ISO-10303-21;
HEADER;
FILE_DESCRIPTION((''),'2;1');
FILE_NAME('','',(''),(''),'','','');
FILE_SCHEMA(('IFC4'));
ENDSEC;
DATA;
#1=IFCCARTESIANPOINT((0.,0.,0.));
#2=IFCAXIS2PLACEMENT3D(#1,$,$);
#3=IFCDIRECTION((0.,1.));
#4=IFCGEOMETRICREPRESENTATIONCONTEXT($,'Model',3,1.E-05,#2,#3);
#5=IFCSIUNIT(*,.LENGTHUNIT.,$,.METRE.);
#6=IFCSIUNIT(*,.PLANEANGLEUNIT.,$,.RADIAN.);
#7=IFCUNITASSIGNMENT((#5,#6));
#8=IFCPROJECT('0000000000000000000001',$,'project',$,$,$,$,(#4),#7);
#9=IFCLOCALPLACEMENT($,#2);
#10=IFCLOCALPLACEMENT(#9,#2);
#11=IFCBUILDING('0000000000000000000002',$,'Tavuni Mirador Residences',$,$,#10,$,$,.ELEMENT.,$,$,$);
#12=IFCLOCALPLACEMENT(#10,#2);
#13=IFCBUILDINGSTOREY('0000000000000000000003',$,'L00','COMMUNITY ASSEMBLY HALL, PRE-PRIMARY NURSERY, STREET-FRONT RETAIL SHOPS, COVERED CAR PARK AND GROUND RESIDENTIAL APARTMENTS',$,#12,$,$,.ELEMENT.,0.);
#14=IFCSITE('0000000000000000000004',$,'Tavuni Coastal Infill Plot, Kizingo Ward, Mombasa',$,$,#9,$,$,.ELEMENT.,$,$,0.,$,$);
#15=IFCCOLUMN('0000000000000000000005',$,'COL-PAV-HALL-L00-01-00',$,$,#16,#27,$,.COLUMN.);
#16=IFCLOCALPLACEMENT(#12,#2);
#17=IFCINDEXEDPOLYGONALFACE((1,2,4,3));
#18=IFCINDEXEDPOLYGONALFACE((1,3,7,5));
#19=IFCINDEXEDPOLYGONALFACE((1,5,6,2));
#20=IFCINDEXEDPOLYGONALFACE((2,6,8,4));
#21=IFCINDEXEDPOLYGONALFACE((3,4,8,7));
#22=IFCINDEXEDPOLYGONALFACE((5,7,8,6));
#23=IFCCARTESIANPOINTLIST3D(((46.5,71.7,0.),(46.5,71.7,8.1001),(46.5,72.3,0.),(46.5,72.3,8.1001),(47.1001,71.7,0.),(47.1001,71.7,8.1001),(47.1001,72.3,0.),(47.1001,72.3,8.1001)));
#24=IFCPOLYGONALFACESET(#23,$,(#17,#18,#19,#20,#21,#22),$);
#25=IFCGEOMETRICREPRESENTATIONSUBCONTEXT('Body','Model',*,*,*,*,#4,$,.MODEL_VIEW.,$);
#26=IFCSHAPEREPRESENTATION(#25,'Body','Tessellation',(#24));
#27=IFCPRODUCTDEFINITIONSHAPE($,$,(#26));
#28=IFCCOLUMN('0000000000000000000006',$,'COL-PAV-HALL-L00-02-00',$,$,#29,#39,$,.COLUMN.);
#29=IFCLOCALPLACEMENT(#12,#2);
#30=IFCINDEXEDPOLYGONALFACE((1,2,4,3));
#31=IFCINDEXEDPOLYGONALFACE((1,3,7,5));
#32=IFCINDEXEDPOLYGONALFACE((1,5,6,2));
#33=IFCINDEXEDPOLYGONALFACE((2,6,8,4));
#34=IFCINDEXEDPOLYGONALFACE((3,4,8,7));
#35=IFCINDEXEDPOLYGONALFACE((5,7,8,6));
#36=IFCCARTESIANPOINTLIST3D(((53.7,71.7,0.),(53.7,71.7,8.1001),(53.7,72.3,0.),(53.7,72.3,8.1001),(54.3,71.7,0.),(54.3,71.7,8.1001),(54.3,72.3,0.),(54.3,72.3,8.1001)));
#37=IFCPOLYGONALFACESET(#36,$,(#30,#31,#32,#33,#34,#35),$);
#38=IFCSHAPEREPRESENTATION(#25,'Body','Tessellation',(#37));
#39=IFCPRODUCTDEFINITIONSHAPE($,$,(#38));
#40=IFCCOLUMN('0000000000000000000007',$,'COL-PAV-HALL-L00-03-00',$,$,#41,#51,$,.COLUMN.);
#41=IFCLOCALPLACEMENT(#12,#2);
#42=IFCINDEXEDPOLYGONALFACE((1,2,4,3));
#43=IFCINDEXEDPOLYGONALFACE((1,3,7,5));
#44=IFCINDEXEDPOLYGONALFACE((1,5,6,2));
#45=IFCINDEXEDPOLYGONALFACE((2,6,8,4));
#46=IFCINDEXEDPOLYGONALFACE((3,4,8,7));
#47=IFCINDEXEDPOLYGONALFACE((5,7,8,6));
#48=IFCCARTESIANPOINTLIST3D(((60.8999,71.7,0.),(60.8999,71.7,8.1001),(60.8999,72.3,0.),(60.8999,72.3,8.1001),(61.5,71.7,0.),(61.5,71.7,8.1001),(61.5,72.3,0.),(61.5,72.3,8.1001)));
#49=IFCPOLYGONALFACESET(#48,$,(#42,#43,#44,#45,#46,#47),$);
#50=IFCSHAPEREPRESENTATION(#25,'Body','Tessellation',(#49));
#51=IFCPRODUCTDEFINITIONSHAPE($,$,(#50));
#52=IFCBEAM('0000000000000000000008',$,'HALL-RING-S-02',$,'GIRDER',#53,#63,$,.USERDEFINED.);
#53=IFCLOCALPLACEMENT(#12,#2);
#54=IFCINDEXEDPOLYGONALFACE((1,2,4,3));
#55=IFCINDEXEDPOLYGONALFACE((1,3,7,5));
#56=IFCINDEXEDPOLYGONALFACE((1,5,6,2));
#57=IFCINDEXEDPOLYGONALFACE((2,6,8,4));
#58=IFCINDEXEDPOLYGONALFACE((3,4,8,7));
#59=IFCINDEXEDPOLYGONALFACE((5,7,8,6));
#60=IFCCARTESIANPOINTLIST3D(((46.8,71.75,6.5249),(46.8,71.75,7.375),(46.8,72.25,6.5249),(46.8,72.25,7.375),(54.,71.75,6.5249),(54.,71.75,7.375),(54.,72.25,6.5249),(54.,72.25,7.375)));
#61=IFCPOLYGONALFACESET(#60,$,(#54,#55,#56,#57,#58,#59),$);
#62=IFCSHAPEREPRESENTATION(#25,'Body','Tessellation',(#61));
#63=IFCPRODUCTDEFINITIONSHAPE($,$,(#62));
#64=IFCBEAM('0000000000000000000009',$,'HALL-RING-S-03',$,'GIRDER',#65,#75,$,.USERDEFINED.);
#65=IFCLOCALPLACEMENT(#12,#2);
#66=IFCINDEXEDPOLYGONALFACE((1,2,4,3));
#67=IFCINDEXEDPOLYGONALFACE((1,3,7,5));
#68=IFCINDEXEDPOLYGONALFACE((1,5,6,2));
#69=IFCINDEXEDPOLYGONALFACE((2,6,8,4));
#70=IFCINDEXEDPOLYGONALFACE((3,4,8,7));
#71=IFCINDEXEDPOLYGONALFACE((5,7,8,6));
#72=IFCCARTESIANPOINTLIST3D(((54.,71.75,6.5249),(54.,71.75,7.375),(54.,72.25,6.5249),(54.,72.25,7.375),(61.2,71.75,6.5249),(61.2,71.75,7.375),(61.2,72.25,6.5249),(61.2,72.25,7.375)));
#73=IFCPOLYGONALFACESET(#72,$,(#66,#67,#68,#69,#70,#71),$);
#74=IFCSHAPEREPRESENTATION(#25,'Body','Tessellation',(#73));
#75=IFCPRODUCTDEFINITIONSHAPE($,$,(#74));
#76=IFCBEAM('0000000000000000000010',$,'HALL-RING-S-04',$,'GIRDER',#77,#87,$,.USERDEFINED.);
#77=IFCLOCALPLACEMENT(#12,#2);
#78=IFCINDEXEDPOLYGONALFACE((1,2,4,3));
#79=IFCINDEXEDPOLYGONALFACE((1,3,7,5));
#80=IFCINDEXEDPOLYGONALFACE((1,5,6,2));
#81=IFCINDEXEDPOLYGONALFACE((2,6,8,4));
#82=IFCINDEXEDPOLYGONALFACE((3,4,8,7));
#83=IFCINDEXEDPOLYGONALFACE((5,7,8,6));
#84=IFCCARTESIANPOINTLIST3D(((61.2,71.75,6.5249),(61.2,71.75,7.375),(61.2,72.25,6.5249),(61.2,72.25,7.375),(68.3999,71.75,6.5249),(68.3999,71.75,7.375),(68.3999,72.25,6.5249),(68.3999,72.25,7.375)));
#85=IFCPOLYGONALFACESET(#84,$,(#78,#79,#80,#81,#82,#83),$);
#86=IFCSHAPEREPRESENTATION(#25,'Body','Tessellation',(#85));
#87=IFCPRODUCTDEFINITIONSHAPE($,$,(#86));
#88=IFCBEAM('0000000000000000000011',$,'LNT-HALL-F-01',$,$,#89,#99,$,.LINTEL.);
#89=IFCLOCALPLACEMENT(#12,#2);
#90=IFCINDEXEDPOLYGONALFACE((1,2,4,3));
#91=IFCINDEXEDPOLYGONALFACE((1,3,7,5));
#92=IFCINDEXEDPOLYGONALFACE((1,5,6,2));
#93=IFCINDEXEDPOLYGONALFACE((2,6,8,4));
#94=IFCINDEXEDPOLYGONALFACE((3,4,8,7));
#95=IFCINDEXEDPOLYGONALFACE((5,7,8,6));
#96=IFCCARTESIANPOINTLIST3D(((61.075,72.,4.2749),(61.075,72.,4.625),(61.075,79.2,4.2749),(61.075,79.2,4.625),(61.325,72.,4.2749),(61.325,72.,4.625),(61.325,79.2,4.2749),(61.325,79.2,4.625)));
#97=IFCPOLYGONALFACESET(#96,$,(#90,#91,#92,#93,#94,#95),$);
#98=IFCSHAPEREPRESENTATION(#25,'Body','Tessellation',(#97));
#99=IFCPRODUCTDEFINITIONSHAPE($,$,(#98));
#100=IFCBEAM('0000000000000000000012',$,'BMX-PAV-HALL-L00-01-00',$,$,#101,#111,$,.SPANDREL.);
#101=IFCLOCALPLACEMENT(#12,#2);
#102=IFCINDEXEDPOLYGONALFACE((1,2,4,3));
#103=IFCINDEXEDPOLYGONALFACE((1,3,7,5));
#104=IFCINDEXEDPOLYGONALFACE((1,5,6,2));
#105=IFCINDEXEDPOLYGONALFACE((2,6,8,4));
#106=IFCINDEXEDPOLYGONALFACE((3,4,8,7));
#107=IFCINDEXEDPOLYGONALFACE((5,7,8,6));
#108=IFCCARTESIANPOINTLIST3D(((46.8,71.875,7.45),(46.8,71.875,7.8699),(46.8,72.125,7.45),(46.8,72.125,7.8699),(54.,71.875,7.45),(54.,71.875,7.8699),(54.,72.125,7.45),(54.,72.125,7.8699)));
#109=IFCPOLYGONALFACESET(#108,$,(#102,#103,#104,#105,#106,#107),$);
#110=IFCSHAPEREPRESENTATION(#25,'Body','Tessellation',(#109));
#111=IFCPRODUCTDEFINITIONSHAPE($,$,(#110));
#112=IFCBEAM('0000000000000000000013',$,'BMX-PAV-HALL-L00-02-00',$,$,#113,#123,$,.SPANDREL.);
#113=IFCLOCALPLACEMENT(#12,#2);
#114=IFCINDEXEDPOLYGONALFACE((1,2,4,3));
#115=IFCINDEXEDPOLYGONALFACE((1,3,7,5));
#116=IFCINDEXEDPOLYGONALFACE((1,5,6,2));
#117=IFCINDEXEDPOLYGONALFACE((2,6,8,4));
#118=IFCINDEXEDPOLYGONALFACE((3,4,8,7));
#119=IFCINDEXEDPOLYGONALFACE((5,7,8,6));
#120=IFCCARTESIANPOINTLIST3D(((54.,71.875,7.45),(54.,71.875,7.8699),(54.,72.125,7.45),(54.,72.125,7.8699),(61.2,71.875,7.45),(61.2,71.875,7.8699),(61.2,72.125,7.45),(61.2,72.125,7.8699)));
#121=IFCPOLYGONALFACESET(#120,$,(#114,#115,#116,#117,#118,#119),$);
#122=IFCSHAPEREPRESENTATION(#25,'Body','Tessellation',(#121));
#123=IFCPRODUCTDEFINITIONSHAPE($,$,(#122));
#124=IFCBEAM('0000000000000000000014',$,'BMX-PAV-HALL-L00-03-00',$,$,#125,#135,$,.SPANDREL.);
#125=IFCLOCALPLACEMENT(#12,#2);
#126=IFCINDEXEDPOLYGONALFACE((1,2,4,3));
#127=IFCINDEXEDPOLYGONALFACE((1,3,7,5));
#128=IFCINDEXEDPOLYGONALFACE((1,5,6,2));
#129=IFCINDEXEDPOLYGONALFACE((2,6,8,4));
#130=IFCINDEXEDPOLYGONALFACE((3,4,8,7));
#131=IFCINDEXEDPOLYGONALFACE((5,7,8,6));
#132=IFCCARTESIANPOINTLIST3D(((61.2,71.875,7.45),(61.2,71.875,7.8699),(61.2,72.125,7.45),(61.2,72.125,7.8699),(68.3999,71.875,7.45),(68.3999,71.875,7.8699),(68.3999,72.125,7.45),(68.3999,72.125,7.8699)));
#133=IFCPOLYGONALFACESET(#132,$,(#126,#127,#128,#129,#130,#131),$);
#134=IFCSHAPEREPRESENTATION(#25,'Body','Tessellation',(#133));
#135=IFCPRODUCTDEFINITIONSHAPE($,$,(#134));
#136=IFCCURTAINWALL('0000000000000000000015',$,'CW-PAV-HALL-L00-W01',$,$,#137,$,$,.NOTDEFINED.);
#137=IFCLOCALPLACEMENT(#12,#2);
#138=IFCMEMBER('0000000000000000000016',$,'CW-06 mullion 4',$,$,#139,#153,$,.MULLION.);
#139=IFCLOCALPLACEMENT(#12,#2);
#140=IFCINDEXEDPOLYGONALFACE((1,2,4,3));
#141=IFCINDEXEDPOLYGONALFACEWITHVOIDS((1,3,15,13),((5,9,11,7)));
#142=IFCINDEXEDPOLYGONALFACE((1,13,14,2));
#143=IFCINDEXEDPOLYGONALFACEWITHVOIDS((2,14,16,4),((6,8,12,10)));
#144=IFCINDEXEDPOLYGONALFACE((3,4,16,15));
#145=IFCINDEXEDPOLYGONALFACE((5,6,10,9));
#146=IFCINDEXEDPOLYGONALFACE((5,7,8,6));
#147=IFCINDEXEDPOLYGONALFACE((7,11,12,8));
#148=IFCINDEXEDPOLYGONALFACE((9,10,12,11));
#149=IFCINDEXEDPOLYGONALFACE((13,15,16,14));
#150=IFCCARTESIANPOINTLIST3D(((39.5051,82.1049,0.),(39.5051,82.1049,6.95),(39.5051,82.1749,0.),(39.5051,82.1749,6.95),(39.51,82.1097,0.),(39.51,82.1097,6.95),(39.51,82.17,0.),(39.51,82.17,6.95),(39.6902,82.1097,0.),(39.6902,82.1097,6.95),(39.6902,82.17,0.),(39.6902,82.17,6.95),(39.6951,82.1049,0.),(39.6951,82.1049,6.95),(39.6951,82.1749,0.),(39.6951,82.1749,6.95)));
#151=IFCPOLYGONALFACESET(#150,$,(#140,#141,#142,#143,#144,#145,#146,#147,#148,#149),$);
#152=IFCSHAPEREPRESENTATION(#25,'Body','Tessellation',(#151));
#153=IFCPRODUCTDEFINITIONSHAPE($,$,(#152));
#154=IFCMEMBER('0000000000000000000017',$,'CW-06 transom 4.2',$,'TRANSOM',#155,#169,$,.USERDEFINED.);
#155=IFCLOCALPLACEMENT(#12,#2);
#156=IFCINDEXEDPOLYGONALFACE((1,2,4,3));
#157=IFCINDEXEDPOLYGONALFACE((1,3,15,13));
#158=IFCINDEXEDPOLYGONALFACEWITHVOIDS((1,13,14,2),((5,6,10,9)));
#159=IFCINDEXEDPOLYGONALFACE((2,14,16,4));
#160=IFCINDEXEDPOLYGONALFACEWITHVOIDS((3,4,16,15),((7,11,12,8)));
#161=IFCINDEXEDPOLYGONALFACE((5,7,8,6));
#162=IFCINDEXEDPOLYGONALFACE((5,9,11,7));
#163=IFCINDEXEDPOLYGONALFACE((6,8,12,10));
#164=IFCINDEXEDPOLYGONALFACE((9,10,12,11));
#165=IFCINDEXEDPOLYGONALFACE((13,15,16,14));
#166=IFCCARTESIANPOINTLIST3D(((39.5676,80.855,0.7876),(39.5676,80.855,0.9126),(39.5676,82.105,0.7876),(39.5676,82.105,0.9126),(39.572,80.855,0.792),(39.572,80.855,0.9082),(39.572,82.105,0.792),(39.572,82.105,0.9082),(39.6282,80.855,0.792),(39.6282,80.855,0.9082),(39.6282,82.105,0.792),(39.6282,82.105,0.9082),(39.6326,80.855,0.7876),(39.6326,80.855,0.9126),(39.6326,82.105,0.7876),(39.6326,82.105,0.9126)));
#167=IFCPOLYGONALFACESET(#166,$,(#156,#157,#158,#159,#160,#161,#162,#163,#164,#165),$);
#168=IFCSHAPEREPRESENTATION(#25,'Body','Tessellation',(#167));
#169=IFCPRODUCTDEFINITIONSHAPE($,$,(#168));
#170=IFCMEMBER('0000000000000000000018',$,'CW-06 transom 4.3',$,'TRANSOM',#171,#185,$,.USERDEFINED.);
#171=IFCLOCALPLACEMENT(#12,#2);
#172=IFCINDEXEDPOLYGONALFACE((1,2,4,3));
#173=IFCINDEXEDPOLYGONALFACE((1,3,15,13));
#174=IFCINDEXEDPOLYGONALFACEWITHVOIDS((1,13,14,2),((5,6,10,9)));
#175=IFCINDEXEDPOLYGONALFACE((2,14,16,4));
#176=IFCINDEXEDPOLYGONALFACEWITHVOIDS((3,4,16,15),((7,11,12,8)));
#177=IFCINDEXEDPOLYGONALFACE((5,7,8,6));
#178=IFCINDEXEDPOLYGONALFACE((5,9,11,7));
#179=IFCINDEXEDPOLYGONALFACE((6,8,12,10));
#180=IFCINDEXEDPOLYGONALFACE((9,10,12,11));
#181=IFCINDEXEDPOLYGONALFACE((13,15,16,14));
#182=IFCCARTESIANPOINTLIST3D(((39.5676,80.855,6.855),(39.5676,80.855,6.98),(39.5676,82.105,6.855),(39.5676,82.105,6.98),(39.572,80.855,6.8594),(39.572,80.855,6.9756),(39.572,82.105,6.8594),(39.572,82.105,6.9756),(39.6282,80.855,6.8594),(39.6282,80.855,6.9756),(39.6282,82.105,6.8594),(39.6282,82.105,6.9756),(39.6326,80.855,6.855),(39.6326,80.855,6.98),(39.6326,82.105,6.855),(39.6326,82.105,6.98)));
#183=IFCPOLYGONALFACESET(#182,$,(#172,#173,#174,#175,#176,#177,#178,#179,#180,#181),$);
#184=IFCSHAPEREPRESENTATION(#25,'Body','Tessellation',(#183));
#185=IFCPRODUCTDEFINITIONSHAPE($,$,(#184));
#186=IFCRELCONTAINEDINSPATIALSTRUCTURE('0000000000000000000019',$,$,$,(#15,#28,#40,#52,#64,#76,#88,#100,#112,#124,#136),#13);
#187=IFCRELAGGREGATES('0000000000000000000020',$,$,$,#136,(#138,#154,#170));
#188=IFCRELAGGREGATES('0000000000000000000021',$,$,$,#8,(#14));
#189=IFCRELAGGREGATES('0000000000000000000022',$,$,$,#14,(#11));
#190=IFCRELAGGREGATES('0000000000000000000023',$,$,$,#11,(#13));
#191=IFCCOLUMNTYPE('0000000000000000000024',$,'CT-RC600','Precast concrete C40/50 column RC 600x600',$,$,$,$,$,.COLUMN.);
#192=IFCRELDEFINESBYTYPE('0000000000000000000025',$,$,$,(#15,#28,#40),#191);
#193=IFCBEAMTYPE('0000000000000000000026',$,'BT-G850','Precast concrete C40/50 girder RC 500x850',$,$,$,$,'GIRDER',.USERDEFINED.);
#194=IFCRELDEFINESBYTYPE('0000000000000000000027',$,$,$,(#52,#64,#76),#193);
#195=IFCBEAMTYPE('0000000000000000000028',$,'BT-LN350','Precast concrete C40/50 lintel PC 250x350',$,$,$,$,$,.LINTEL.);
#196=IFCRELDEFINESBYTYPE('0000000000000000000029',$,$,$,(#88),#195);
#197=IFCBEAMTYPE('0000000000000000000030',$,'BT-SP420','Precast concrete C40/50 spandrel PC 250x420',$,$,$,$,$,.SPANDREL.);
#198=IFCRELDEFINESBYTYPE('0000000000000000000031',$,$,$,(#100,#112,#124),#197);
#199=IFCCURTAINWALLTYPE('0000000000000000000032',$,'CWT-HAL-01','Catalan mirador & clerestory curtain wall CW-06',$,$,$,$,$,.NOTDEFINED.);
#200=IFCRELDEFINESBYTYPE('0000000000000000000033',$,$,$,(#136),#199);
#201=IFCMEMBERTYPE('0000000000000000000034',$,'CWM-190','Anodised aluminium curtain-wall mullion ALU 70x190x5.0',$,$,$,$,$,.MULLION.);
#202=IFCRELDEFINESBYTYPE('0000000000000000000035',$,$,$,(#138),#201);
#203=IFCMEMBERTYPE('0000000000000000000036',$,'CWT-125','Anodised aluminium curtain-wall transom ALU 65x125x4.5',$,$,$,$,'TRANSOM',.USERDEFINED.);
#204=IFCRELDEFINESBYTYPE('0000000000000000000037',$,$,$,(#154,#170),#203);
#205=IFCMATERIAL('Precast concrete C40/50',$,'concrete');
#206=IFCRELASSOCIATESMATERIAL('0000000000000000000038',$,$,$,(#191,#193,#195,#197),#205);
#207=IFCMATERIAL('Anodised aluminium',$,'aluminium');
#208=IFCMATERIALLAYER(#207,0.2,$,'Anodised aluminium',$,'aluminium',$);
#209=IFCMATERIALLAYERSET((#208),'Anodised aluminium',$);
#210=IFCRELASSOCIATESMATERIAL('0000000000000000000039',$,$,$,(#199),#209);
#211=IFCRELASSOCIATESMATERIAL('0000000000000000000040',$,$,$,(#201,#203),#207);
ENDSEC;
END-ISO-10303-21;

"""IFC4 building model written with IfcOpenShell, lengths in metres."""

from ifc_helpers import new_model, si_unit, direction, frame, origin, origin_2d, place, context, subcontext, project, spatial, rectangle, hollow_rectangle, extrude, material, layer, layer_set, material_profile, profile_set, type_object, element, aggregate, save


model = new_model("IFC4")

# Units and contexts
model_context = context("Model", 3, precision=1e-05, world=origin(), true_north=direction((0.0, 1.0)))
body_context = subcontext(model_context, "Body", "Model", "MODEL_VIEW")
ifc_project = project(units=[si_unit("LENGTHUNIT", "METRE"), si_unit("PLANEANGLEUNIT", "RADIAN")], contexts=[model_context])

# Site, building, storey
site_placement = place(None, origin())
site = spatial("IfcSite", under=ifc_project, at=site_placement, Name="Tavuni Coastal Infill Plot, Kizingo Ward, Mombasa", CompositionType="ELEMENT", RefElevation=0.0)
building_placement = place(site_placement, origin())
building = spatial("IfcBuilding", under=site, at=building_placement, Name="Tavuni Mirador Residences", CompositionType="ELEMENT")
storey_placement = place(building_placement, origin())
storey = spatial("IfcBuildingStorey", under=building, at=storey_placement, Name="L00", Description="COMMUNITY ASSEMBLY HALL, PRE-PRIMARY NURSERY, STREET-FRONT RETAIL SHOPS, COVERED CAR PARK AND GROUND RESIDENTIAL APARTMENTS", CompositionType="ELEMENT", Elevation=0.0)

# Columns
ifc_material_1 = material(Name="Precast concrete C40/50", Category="concrete")
ifc_material_profile_1 = material_profile(ifc_material_1, rectangle(XDim=0.6001, YDim=0.6001, at=origin_2d()), Name="RC 600x600", Category="concrete")
ifc_profile_set_1 = profile_set([ifc_material_profile_1], Name="Precast concrete C40/50")
column_type = type_object("IfcColumnType", Name="CT-RC600", Description="Precast concrete C40/50 column RC 600x600", PredefinedType="COLUMN", material=ifc_profile_set_1)
for number, where, z_axis, x_axis, name in (
    (1, (46.8, 72.0, 0.0), (0.0, 0.0, 1.0), (1.0, 0.0, 0.0), "COL-PAV-HALL-L00-01-00"),
    (2, (54.0, 72.0, 0.0), (0.0, 0.0, 1.0), (1.0, 0.0, 0.0), "COL-PAV-HALL-L00-02-00"),
    (3, (61.2, 72.0, 0.0), (0.0, 0.0, 1.0), (1.0, 0.0, 0.0), "COL-PAV-HALL-L00-03-00"),
):
    element("IfcColumn", number, at=place(storey_placement, frame(where, z_axis=z_axis, x_axis=x_axis)), inside=storey, type_object=column_type, Name=name, PredefinedType="COLUMN", context=body_context, shape_type="SweptSolid", body=[
        extrude(rectangle(XDim=0.6001, YDim=0.6001, at=origin_2d()), origin(), (0.0, 0.0, 1.0), 8.1001),
    ])

# Beams
ifc_material_profile_2 = material_profile(ifc_material_1, rectangle(XDim=0.5, YDim=0.8501, at=origin_2d()), Name="RC 500x850", Category="concrete")
ifc_profile_set_2 = profile_set([ifc_material_profile_2], Name="Precast concrete C40/50")
beam_type_1 = type_object("IfcBeamType", Name="BT-G850", Description="Precast concrete C40/50 girder RC 500x850", ElementType="GIRDER", PredefinedType="USERDEFINED", material=ifc_profile_set_2)
for number, where, z_axis, x_axis, name in (
    (4, (46.8, 72.0, 6.95), (1.0, 0.0, 0.0), (0.0, 1.0, 0.0), "HALL-RING-S-02"),
    (5, (54.0, 72.0, 6.95), (1.0, 0.0, 0.0), (0.0, 1.0, 0.0), "HALL-RING-S-03"),
    (6, (61.2, 72.0, 6.95), (1.0, 0.0, 0.0), (0.0, 1.0, 0.0), "HALL-RING-S-04"),
):
    element("IfcBeam", number, at=place(storey_placement, frame(where, z_axis=z_axis, x_axis=x_axis)), inside=storey, type_object=beam_type_1, Name=name, ObjectType="GIRDER", PredefinedType="USERDEFINED", context=body_context, shape_type="SweptSolid", body=[
        extrude(rectangle(XDim=0.5, YDim=0.8501, at=origin_2d()), origin(), (0.0, 0.0, 1.0), 7.2),
    ])
ifc_material_profile_3 = material_profile(ifc_material_1, rectangle(XDim=0.25, YDim=0.3501, at=origin_2d()), Name="PC 250x350", Category="concrete")
ifc_profile_set_3 = profile_set([ifc_material_profile_3], Name="Precast concrete C40/50")
beam_type_2 = type_object("IfcBeamType", Name="BT-LN350", Description="Precast concrete C40/50 lintel PC 250x350", PredefinedType="LINTEL", material=ifc_profile_set_3)
beam_placement = place(storey_placement, frame((61.2, 72.0, 4.45), z_axis=(0.0, 1.0, 0.0), x_axis=(-1.0, 0.0, 0.0)))
element("IfcBeam", 7, at=beam_placement, inside=storey, type_object=beam_type_2, Name="LNT-HALL-F-01", PredefinedType="LINTEL", context=body_context, shape_type="SweptSolid", body=[
    extrude(rectangle(XDim=0.25, YDim=0.3501, at=origin_2d()), origin(), (0.0, 0.0, 1.0), 7.2),
])
ifc_material_profile_4 = material_profile(ifc_material_1, rectangle(XDim=0.25, YDim=0.4199, at=origin_2d()), Name="PC 250x420", Category="concrete")
ifc_profile_set_4 = profile_set([ifc_material_profile_4], Name="Precast concrete C40/50")
beam_type_3 = type_object("IfcBeamType", Name="BT-SP420", Description="Precast concrete C40/50 spandrel PC 250x420", PredefinedType="SPANDREL", material=ifc_profile_set_4)
for number, where, z_axis, x_axis, name in (
    (8, (46.8, 72.0, 7.6599), (1.0, 0.0, 0.0), (0.0, 1.0, 0.0), "BMX-PAV-HALL-L00-01-00"),
    (9, (54.0, 72.0, 7.6599), (1.0, 0.0, 0.0), (0.0, 1.0, 0.0), "BMX-PAV-HALL-L00-02-00"),
    (10, (61.2, 72.0, 7.6599), (1.0, 0.0, 0.0), (0.0, 1.0, 0.0), "BMX-PAV-HALL-L00-03-00"),
):
    element("IfcBeam", number, at=place(storey_placement, frame(where, z_axis=z_axis, x_axis=x_axis)), inside=storey, type_object=beam_type_3, Name=name, PredefinedType="SPANDREL", context=body_context, shape_type="SweptSolid", body=[
        extrude(rectangle(XDim=0.25, YDim=0.4199, at=origin_2d()), origin(), (0.0, 0.0, 1.0), 7.2),
    ])

# Curtain wall, members
ifc_material_2 = material(Name="Anodised aluminium", Category="aluminium")
ifc_layer_1 = layer(ifc_material_2, 0.2, Name="Anodised aluminium", Category="aluminium")
ifc_layer_set_1 = layer_set([ifc_layer_1], Name="Anodised aluminium")
curtain_wall_type = type_object("IfcCurtainWallType", Name="CWT-HAL-01", Description="Catalan mirador & clerestory curtain wall CW-06", PredefinedType="NOTDEFINED", material=ifc_layer_set_1)
curtain_wall_placement = place(storey_placement, origin())
curtain_wall = element("IfcCurtainWall", 11, at=curtain_wall_placement, inside=storey, type_object=curtain_wall_type, Name="CW-PAV-HALL-L00-W01", PredefinedType="NOTDEFINED")
ifc_material_profile_5 = material_profile(ifc_material_2, hollow_rectangle(XDim=0.0701, YDim=0.1899, WallThickness=0.0049, at=origin_2d()), Name="ALU 70x190x5.0", Category="aluminium")
ifc_profile_set_5 = profile_set([ifc_material_profile_5], Name="Anodised aluminium")
member_type_1 = type_object("IfcMemberType", Name="CWM-190", Description="Anodised aluminium curtain-wall mullion ALU 70x190x5.0", PredefinedType="MULLION", material=ifc_profile_set_5)
member_1_placement = place(storey_placement, frame((39.6001, 82.1399, 0.0), z_axis=(0.0, 0.0, 1.0), x_axis=(0.0, -1.0, 0.0)))
member_1 = element("IfcMember", 12, at=member_1_placement, type_object=member_type_1, Name="CW-06 mullion 4", PredefinedType="MULLION", context=body_context, shape_type="SweptSolid", body=[
    extrude(hollow_rectangle(XDim=0.0701, YDim=0.1899, WallThickness=0.0049, at=origin_2d()), origin(), (0.0, 0.0, 1.0), 6.95),
])
ifc_material_profile_6 = material_profile(ifc_material_2, hollow_rectangle(XDim=0.0649, YDim=0.125, WallThickness=0.0044, at=origin_2d()), Name="ALU 65x125x4.5", Category="aluminium")
ifc_profile_set_6 = profile_set([ifc_material_profile_6], Name="Anodised aluminium")
member_type_2 = type_object("IfcMemberType", Name="CWT-125", Description="Anodised aluminium curtain-wall transom ALU 65x125x4.5", ElementType="TRANSOM", PredefinedType="USERDEFINED", material=ifc_profile_set_6)
member_2_placement = place(storey_placement, frame((39.6001, 82.105, 0.8501), z_axis=(0.0, -1.0, 0.0), x_axis=(1.0, 0.0, 0.0)))
member_2 = element("IfcMember", 13, at=member_2_placement, type_object=member_type_2, Name="CW-06 transom 4.2", ObjectType="TRANSOM", PredefinedType="USERDEFINED", context=body_context, shape_type="SweptSolid", body=[
    extrude(hollow_rectangle(XDim=0.0649, YDim=0.125, WallThickness=0.0044, at=origin_2d()), origin(), (0.0, 0.0, 1.0), 1.25),
])
member_3_placement = place(storey_placement, frame((39.6001, 82.105, 6.9175), z_axis=(0.0, -1.0, 0.0), x_axis=(1.0, 0.0, 0.0)))
member_3 = element("IfcMember", 14, at=member_3_placement, type_object=member_type_2, Name="CW-06 transom 4.3", ObjectType="TRANSOM", PredefinedType="USERDEFINED", context=body_context, shape_type="SweptSolid", body=[
    extrude(hollow_rectangle(XDim=0.0649, YDim=0.125, WallThickness=0.0044, at=origin_2d()), origin(), (0.0, 0.0, 1.0), 1.25),
])
aggregate(curtain_wall, [member_1, member_2, member_3])

save(model, "model.ifc")
